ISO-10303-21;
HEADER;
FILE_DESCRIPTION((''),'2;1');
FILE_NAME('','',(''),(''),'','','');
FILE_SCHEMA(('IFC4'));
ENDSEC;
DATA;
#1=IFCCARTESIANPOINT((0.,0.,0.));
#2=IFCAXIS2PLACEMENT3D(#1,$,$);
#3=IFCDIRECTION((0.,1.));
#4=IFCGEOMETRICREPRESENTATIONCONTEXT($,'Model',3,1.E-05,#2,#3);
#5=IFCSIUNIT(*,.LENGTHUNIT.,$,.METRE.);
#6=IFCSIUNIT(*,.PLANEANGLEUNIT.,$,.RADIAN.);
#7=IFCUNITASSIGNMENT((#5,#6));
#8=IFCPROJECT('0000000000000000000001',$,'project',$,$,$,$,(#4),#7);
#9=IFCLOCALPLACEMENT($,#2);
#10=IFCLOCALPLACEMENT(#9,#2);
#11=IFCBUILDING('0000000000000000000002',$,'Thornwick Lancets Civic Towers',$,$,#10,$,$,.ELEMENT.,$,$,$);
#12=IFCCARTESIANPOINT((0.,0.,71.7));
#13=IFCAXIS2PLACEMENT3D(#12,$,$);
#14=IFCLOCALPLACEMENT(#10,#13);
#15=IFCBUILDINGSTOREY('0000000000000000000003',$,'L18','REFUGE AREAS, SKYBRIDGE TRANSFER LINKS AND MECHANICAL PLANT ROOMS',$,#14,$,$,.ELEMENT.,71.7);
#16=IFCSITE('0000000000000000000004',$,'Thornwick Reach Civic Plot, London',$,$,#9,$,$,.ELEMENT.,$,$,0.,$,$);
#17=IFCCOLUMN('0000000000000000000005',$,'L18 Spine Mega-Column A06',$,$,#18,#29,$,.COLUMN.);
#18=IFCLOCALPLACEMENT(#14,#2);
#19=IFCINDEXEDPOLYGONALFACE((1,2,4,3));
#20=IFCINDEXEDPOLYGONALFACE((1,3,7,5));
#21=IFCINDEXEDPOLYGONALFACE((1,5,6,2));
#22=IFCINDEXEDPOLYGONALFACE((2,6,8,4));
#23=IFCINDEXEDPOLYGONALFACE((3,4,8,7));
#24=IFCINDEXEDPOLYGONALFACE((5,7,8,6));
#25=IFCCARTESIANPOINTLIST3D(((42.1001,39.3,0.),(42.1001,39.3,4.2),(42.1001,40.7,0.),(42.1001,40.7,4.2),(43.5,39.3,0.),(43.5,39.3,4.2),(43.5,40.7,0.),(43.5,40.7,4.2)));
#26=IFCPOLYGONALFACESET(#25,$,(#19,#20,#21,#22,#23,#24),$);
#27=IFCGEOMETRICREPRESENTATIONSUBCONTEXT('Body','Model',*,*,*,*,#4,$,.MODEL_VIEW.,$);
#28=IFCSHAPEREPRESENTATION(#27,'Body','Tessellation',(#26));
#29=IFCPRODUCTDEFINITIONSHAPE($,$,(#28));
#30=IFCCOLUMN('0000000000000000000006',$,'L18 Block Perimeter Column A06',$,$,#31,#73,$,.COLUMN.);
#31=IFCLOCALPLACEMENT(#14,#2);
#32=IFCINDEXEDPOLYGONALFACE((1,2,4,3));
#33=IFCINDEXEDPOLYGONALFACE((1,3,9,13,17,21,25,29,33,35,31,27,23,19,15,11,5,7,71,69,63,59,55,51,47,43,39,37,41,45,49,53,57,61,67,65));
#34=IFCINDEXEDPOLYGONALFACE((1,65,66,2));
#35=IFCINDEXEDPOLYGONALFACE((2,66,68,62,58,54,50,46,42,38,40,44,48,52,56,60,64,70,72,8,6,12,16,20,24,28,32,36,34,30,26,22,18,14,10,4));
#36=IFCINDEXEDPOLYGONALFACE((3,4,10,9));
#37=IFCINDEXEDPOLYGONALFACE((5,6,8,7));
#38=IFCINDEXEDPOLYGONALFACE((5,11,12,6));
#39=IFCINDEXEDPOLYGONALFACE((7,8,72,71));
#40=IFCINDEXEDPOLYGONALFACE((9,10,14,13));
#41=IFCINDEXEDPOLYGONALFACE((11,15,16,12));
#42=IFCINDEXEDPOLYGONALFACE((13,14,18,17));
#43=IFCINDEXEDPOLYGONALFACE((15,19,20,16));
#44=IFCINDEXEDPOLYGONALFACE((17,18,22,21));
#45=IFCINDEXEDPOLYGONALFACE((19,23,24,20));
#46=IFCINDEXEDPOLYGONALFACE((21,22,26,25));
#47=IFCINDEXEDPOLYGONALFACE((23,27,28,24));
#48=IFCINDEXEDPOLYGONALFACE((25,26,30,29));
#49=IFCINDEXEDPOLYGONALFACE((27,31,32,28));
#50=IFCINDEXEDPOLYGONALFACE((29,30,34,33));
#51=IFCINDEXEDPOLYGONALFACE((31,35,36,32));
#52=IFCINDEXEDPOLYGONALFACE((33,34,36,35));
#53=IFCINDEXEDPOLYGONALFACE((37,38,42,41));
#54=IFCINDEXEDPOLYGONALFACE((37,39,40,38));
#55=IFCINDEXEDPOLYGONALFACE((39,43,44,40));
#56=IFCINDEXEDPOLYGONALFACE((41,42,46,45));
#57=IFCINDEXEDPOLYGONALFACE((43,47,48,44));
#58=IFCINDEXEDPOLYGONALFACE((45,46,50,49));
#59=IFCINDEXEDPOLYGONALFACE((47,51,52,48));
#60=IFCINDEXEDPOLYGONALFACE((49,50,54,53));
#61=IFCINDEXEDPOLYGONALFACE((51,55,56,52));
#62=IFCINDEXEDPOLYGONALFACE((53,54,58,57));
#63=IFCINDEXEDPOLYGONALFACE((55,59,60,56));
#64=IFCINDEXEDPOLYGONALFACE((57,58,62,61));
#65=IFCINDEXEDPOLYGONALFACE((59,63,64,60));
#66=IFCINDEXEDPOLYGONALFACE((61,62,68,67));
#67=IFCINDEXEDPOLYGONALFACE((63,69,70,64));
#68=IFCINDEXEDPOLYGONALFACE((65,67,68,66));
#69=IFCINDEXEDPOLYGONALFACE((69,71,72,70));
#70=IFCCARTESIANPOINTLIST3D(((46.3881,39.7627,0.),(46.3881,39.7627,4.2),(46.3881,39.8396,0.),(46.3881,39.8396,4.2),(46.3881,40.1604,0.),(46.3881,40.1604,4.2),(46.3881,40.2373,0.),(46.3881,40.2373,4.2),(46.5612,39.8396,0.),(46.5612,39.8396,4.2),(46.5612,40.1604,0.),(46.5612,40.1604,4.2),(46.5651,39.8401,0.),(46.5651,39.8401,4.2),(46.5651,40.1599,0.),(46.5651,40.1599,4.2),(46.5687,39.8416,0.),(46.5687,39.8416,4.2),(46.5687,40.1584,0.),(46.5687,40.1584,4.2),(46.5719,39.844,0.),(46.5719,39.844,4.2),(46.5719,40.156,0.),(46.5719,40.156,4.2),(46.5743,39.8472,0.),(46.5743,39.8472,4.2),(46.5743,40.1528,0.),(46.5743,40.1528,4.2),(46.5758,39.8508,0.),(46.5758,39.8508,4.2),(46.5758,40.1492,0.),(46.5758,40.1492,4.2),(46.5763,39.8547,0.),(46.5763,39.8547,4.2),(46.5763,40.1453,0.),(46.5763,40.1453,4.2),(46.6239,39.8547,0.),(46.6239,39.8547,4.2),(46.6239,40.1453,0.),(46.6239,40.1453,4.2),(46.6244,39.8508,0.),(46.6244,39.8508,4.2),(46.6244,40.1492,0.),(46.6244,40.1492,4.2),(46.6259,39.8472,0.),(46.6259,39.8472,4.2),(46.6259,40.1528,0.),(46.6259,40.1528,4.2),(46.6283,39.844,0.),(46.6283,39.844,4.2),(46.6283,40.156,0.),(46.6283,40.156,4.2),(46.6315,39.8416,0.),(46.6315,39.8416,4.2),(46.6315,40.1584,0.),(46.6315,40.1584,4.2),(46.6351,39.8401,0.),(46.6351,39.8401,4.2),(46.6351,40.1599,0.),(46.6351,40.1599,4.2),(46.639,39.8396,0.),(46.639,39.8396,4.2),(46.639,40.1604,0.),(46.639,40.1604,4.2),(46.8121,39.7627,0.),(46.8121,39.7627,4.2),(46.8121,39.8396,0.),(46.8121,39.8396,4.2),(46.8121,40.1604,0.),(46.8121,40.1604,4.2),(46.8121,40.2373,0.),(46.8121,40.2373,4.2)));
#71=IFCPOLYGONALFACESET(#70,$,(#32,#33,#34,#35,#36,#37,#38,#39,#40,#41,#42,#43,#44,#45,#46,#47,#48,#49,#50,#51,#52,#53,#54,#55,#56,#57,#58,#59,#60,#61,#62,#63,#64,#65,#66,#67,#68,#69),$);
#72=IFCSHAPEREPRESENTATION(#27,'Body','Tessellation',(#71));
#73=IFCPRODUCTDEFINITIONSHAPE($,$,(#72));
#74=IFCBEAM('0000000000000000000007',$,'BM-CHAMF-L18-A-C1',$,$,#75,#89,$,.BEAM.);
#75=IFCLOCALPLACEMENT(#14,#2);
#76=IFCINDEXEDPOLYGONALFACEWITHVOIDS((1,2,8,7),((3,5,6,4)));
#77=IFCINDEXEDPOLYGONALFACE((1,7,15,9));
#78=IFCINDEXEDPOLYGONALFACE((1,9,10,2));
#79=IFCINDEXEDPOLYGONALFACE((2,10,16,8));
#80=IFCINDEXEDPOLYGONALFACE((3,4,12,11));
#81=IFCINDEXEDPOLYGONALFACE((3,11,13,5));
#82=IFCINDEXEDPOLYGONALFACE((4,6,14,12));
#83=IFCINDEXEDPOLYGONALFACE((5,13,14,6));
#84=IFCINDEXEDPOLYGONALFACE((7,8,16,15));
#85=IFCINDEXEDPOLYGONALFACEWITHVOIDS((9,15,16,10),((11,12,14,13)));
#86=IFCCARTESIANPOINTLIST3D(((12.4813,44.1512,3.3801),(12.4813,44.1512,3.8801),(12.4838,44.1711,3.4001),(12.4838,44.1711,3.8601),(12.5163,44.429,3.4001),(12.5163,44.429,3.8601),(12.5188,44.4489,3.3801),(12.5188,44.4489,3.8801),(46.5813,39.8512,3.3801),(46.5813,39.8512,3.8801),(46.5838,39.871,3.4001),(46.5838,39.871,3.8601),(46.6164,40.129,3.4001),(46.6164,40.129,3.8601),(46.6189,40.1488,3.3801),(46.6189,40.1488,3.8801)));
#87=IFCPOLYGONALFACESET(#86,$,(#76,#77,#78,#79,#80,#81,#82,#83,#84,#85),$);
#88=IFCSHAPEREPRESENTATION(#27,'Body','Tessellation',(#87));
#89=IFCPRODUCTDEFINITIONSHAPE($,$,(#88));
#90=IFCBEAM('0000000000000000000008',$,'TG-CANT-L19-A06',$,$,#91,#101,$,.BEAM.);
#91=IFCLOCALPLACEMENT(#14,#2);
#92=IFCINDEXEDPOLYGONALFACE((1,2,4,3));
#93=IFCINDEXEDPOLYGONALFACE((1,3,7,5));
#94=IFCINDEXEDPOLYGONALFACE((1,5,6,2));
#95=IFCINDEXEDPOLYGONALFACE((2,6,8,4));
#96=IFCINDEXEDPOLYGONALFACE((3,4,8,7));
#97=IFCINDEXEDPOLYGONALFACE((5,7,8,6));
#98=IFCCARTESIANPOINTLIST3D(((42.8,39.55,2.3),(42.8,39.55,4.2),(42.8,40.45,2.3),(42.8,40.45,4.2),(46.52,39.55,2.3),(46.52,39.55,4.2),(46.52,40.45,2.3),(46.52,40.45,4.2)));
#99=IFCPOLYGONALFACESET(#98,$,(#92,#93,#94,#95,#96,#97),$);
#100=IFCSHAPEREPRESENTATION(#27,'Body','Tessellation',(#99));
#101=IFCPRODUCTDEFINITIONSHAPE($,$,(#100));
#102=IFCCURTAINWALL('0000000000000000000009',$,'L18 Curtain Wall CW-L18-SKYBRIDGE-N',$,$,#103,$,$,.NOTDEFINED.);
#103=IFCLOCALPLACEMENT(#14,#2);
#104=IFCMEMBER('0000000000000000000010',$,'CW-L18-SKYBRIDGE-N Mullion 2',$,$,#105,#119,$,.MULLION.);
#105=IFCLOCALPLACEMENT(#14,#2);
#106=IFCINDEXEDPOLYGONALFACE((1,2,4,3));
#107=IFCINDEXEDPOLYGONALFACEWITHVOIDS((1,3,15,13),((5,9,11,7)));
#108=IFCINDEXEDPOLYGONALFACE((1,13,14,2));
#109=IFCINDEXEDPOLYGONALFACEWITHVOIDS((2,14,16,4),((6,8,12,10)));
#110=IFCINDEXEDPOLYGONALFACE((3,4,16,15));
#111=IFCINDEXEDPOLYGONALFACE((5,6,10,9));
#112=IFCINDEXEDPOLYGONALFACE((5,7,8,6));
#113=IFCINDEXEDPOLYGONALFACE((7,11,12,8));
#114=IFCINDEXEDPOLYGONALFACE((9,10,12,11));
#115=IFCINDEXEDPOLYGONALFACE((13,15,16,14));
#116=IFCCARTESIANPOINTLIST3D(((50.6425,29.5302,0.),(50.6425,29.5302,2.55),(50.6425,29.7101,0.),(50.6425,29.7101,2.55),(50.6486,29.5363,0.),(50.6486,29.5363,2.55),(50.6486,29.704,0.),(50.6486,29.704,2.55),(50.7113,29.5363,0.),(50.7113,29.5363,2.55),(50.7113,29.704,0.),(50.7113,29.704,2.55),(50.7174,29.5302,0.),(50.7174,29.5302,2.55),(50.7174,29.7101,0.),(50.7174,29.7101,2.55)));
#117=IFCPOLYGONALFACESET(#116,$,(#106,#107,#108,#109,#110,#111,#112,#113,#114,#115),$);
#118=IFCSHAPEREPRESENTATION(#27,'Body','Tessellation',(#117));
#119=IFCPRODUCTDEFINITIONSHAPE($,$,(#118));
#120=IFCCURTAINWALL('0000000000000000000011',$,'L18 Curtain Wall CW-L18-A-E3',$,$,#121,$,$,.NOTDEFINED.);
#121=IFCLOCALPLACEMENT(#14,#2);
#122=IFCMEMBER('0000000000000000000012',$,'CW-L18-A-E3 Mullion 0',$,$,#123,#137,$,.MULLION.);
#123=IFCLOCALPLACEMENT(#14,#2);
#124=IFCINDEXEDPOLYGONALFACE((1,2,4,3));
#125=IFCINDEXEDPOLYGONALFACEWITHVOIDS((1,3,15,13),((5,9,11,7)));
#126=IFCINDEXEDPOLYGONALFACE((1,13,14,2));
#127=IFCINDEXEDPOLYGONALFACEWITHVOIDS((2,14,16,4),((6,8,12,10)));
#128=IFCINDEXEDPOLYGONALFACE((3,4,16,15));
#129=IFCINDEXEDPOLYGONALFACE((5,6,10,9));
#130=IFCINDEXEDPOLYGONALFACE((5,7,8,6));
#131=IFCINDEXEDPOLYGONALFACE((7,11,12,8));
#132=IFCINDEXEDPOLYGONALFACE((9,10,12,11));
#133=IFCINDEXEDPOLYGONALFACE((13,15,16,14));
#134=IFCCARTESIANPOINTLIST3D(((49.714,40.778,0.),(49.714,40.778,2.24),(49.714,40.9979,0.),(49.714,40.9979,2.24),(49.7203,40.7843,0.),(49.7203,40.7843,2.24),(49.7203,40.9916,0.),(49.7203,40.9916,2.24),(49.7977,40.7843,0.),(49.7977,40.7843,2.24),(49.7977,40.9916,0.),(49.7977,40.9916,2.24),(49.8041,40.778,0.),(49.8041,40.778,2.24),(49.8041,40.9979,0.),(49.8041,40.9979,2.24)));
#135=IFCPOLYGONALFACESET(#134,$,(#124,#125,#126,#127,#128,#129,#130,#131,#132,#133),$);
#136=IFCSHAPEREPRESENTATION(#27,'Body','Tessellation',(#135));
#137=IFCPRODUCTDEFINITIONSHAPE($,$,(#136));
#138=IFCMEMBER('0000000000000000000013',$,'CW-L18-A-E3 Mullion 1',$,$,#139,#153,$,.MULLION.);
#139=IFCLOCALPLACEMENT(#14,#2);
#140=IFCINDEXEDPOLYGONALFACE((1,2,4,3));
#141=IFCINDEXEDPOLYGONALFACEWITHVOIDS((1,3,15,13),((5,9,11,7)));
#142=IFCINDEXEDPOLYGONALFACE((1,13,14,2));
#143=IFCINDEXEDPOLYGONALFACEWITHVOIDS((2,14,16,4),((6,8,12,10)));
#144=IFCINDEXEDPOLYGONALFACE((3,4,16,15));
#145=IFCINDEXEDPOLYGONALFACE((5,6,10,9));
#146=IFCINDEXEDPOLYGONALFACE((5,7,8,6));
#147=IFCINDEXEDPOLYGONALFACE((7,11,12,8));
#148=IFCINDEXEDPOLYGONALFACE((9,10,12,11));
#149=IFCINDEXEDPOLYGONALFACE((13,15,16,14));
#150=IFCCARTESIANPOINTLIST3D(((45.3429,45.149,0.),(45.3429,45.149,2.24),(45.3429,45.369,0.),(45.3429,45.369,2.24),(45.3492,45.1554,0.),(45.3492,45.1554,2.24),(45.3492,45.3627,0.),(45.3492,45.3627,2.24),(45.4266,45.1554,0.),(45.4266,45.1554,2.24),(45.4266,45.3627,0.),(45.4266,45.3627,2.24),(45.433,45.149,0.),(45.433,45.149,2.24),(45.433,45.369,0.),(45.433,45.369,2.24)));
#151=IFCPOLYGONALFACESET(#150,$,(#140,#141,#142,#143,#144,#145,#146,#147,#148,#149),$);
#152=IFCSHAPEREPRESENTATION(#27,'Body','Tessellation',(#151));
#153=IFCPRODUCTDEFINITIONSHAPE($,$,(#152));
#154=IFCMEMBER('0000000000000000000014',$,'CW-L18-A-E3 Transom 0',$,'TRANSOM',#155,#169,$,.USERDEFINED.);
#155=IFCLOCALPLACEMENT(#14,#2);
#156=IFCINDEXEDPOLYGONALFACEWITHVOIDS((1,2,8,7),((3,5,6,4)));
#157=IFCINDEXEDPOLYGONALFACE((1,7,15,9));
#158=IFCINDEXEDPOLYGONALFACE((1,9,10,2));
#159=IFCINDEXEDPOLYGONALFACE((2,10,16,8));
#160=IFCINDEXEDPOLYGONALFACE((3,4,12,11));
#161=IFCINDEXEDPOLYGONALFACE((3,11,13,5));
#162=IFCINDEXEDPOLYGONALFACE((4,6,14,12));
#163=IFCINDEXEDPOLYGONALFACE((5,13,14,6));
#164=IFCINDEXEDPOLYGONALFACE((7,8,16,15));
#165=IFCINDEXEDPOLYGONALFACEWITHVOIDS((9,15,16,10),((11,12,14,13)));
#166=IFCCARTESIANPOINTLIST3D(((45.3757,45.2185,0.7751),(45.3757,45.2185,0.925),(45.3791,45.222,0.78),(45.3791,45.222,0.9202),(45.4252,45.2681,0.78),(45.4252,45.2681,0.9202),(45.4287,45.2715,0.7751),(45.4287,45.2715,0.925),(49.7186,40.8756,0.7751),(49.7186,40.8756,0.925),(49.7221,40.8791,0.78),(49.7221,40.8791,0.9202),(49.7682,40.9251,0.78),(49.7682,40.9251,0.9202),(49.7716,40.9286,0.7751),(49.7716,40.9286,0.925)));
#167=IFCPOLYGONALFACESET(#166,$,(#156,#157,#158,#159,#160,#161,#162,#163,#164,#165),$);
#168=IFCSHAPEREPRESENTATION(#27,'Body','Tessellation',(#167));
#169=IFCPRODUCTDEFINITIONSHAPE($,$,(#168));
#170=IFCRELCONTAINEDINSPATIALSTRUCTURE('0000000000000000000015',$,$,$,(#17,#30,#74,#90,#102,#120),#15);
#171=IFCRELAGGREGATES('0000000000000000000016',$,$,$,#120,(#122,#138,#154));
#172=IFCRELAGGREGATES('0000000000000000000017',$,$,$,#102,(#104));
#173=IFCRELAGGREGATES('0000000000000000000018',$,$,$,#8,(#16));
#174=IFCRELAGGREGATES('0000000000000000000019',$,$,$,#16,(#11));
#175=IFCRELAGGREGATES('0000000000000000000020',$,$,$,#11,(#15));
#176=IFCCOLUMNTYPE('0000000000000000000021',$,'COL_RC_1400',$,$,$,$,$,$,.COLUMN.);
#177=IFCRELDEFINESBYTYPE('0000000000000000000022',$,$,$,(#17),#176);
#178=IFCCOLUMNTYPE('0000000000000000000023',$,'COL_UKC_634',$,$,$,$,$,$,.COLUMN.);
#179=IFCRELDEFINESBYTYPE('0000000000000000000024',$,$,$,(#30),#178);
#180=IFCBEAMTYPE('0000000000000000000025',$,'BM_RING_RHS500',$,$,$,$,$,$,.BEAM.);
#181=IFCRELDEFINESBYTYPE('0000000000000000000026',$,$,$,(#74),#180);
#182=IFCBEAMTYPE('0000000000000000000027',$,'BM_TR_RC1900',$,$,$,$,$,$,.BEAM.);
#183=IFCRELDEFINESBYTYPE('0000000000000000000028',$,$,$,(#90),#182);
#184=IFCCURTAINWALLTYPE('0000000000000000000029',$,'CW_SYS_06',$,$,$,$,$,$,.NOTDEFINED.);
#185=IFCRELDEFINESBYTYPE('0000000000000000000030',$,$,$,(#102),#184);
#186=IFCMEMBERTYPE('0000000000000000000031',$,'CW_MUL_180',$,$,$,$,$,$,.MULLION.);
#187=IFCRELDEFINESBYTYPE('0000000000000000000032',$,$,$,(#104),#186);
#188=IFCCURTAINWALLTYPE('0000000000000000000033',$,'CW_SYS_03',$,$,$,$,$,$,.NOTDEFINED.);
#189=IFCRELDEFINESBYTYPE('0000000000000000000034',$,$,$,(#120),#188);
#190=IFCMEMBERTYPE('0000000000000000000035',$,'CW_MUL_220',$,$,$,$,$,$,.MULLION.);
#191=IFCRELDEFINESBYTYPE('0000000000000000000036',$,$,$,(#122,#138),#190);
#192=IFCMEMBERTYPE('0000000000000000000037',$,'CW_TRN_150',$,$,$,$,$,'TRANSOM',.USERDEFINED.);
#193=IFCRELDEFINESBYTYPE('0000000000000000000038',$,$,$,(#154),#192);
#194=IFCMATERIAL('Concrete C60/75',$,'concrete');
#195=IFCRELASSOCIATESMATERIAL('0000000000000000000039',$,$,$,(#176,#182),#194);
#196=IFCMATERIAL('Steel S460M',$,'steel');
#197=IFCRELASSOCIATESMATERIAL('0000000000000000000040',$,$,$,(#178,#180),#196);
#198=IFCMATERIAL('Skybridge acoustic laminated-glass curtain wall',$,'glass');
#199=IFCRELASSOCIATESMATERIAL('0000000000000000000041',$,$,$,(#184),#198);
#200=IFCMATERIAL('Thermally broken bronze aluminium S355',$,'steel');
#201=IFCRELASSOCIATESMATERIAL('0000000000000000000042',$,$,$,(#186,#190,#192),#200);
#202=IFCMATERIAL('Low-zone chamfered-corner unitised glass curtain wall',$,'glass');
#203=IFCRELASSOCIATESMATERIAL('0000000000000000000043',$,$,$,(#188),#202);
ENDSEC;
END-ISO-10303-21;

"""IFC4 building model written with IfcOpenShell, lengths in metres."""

from ifc_helpers import new_model, si_unit, direction, frame, origin, origin_2d, place, context, subcontext, project, spatial, rectangle, hollow_rectangle, i_section, extrude, material, material_profile, profile_set, type_object, element, aggregate, save


model = new_model("IFC4")

# Units and contexts
model_context = context("Model", 3, precision=1e-05, world=origin(), true_north=direction((0.0, 1.0)))
body_context = subcontext(model_context, "Body", "Model", "MODEL_VIEW")
ifc_project = project(units=[si_unit("LENGTHUNIT", "METRE"), si_unit("PLANEANGLEUNIT", "RADIAN")], contexts=[model_context])

# Site, building, storey
site_placement = place(None, origin())
site = spatial("IfcSite", under=ifc_project, at=site_placement, Name="Thornwick Reach Civic Plot, London", CompositionType="ELEMENT", RefElevation=0.0)
building_placement = place(site_placement, origin())
building = spatial("IfcBuilding", under=site, at=building_placement, Name="Thornwick Lancets Civic Towers", CompositionType="ELEMENT")
storey_placement = place(building_placement, frame((0.0, 0.0, 71.7)))
storey = spatial("IfcBuildingStorey", under=building, at=storey_placement, Name="L18", Description="REFUGE AREAS, SKYBRIDGE TRANSFER LINKS AND MECHANICAL PLANT ROOMS", CompositionType="ELEMENT", Elevation=71.7)

# Columns
ifc_material_1 = material(Name="Concrete C60/75", Category="concrete")
ifc_material_profile_1 = material_profile(ifc_material_1, rectangle(XDim=1.3999, YDim=1.3999, at=origin_2d()), Name="RC 1400x1400")
ifc_profile_set_1 = profile_set([ifc_material_profile_1], Name="Concrete C60/75")
column_type_1 = type_object("IfcColumnType", Name="COL_RC_1400", PredefinedType="COLUMN", material=ifc_profile_set_1)
column_1_placement = place(storey_placement, frame((42.8, 40.0, 0.0), z_axis=(0.0, 0.0, 1.0), x_axis=(1.0, 0.0, 0.0)))
element("IfcColumn", 1, at=column_1_placement, inside=storey, type_object=column_type_1, Name="L18 Spine Mega-Column A06", PredefinedType="COLUMN", context=body_context, shape_type="SweptSolid", body=[
    extrude(rectangle(XDim=1.3999, YDim=1.3999, at=origin_2d()), origin(), (0.0, 0.0, 1.0), 4.2),
])
ifc_material_2 = material(Name="Steel S460M", Category="steel")
ifc_material_profile_2 = material_profile(ifc_material_2, i_section(OverallWidth=0.4241, OverallDepth=0.4746, WebThickness=0.0476, FlangeThickness=0.0769, FilletRadius=0.0151, at=origin_2d()), Name="UKC 356x406x634")
ifc_profile_set_2 = profile_set([ifc_material_profile_2], Name="Steel S460M")
column_type_2 = type_object("IfcColumnType", Name="COL_UKC_634", PredefinedType="COLUMN", material=ifc_profile_set_2)
column_2_placement = place(storey_placement, frame((46.6001, 40.0, 0.0), z_axis=(0.0, 0.0, 1.0), x_axis=(1.0, 0.0, 0.0)))
element("IfcColumn", 2, at=column_2_placement, inside=storey, type_object=column_type_2, Name="L18 Block Perimeter Column A06", PredefinedType="COLUMN", context=body_context, shape_type="SweptSolid", body=[
    extrude(i_section(OverallWidth=0.4241, OverallDepth=0.4746, WebThickness=0.0476, FlangeThickness=0.0769, FilletRadius=0.0151, at=origin_2d()), origin(), (0.0, 0.0, 1.0), 4.2),
])

# Beams
ifc_material_profile_3 = material_profile(ifc_material_2, hollow_rectangle(XDim=0.3, YDim=0.5, WallThickness=0.02, at=origin_2d()), Name="RHS 500x300x20")
ifc_profile_set_3 = profile_set([ifc_material_profile_3], Name="Steel S460M")
beam_type_1 = type_object("IfcBeamType", Name="BM_RING_RHS500", PredefinedType="BEAM", material=ifc_profile_set_3)
beam_1_placement = place(storey_placement, frame((46.6001, 40.0, 3.6301), z_axis=(-0.992143, 0.12511, 0.0), x_axis=(-0.12511, -0.992143, 0.0)))
element("IfcBeam", 3, at=beam_1_placement, inside=storey, type_object=beam_type_1, Name="BM-CHAMF-L18-A-C1", PredefinedType="BEAM", context=body_context, shape_type="SweptSolid", body=[
    extrude(hollow_rectangle(XDim=0.3, YDim=0.5, WallThickness=0.02, at=origin_2d()), origin(), (0.0, 0.0, 1.0), 34.3701),
])
ifc_material_profile_4 = material_profile(ifc_material_1, rectangle(XDim=0.8999, YDim=1.8999, at=origin_2d()), Name="RC 900x1900")
ifc_profile_set_4 = profile_set([ifc_material_profile_4], Name="Concrete C60/75")
beam_type_2 = type_object("IfcBeamType", Name="BM_TR_RC1900", PredefinedType="BEAM", material=ifc_profile_set_4)
beam_2_placement = place(storey_placement, frame((42.8, 40.0, 3.25), z_axis=(1.0, 0.0, 0.0), x_axis=(0.0, 1.0, 0.0)))
element("IfcBeam", 4, at=beam_2_placement, inside=storey, type_object=beam_type_2, Name="TG-CANT-L19-A06", PredefinedType="BEAM", context=body_context, shape_type="SweptSolid", body=[
    extrude(rectangle(XDim=0.8999, YDim=1.8999, at=origin_2d()), origin(), (0.0, 0.0, 1.0), 3.72),
])

# Curtain wall, member
ifc_material_3 = material(Name="Skybridge acoustic laminated-glass curtain wall", Category="glass")
curtain_wall_type_1 = type_object("IfcCurtainWallType", Name="CW_SYS_06", PredefinedType="NOTDEFINED", material=ifc_material_3)
curtain_wall_1_placement = place(storey_placement, origin())
curtain_wall_1 = element("IfcCurtainWall", 5, at=curtain_wall_1_placement, inside=storey, type_object=curtain_wall_type_1, Name="L18 Curtain Wall CW-L18-SKYBRIDGE-N", PredefinedType="NOTDEFINED")
ifc_material_4 = material(Name="Thermally broken bronze aluminium S355", Category="steel")
ifc_material_profile_5 = material_profile(ifc_material_4, hollow_rectangle(XDim=0.075, YDim=0.1799, WallThickness=0.0061, at=origin_2d()), Name="RHS 180x75x6")
ifc_profile_set_5 = profile_set([ifc_material_profile_5], Name="Thermally broken bronze aluminium S355")
member_type_1 = type_object("IfcMemberType", Name="CW_MUL_180", PredefinedType="MULLION", material=ifc_profile_set_5)
member_1_placement = place(storey_placement, frame((50.6799, 29.6201, 0.0), z_axis=(0.0, 0.0, 1.0), x_axis=(1.0, 0.0, 0.0)))
member_1 = element("IfcMember", 6, at=member_1_placement, type_object=member_type_1, Name="CW-L18-SKYBRIDGE-N Mullion 2", PredefinedType="MULLION", context=body_context, shape_type="SweptSolid", body=[
    extrude(hollow_rectangle(XDim=0.075, YDim=0.1799, WallThickness=0.0061, at=origin_2d()), origin(), (0.0, 0.0, 1.0), 2.55),
])

# Curtain wall, members
ifc_material_5 = material(Name="Low-zone chamfered-corner unitised glass curtain wall", Category="glass")
curtain_wall_type_2 = type_object("IfcCurtainWallType", Name="CW_SYS_03", PredefinedType="NOTDEFINED", material=ifc_material_5)
curtain_wall_2_placement = place(storey_placement, origin())
curtain_wall_2 = element("IfcCurtainWall", 7, at=curtain_wall_2_placement, inside=storey, type_object=curtain_wall_type_2, Name="L18 Curtain Wall CW-L18-A-E3", PredefinedType="NOTDEFINED")
ifc_material_profile_6 = material_profile(ifc_material_4, hollow_rectangle(XDim=0.0901, YDim=0.22, WallThickness=0.0063, at=origin_2d()), Name="RHS 220x90x6.3")
ifc_profile_set_6 = profile_set([ifc_material_profile_6], Name="Thermally broken bronze aluminium S355")
member_type_2 = type_object("IfcMemberType", Name="CW_MUL_220", PredefinedType="MULLION", material=ifc_profile_set_6)
member_2_placement = place(storey_placement, frame((49.759, 40.8879, 0.0), z_axis=(0.0, 0.0, 1.0), x_axis=(1.0, 0.0, 0.0)))
member_2 = element("IfcMember", 8, at=member_2_placement, type_object=member_type_2, Name="CW-L18-A-E3 Mullion 0", PredefinedType="MULLION", context=body_context, shape_type="SweptSolid", body=[
    extrude(hollow_rectangle(XDim=0.0901, YDim=0.22, WallThickness=0.0063, at=origin_2d()), origin(), (0.0, 0.0, 1.0), 2.24),
])
member_3_placement = place(storey_placement, frame((45.3879, 45.259, 0.0), z_axis=(0.0, 0.0, 1.0), x_axis=(1.0, 0.0, 0.0)))
member_3 = element("IfcMember", 9, at=member_3_placement, type_object=member_type_2, Name="CW-L18-A-E3 Mullion 1", PredefinedType="MULLION", context=body_context, shape_type="SweptSolid", body=[
    extrude(hollow_rectangle(XDim=0.0901, YDim=0.22, WallThickness=0.0063, at=origin_2d()), origin(), (0.0, 0.0, 1.0), 2.24),
])
ifc_material_profile_7 = material_profile(ifc_material_4, hollow_rectangle(XDim=0.075, YDim=0.1499, WallThickness=0.0049, at=origin_2d()), Name="RHS 150x75x5")
ifc_profile_set_7 = profile_set([ifc_material_profile_7], Name="Thermally broken bronze aluminium S355")
member_type_3 = type_object("IfcMemberType", Name="CW_TRN_150", ElementType="TRANSOM", PredefinedType="USERDEFINED", material=ifc_profile_set_7)
member_4_placement = place(storey_placement, frame((49.7451, 40.9021, 0.8501), z_axis=(-0.707107, 0.707107, 0.0), x_axis=(-0.707107, -0.707107, 0.0)))
member_4 = element("IfcMember", 10, at=member_4_placement, type_object=member_type_3, Name="CW-L18-A-E3 Transom 0", ObjectType="TRANSOM", PredefinedType="USERDEFINED", context=body_context, shape_type="SweptSolid", body=[
    extrude(hollow_rectangle(XDim=0.075, YDim=0.1499, WallThickness=0.0049, at=origin_2d()), origin(), (0.0, 0.0, 1.0), 6.1418),
])

aggregate(curtain_wall_2, [member_2, member_3, member_4])
aggregate(curtain_wall_1, [member_1])

save(model, "model.ifc")
